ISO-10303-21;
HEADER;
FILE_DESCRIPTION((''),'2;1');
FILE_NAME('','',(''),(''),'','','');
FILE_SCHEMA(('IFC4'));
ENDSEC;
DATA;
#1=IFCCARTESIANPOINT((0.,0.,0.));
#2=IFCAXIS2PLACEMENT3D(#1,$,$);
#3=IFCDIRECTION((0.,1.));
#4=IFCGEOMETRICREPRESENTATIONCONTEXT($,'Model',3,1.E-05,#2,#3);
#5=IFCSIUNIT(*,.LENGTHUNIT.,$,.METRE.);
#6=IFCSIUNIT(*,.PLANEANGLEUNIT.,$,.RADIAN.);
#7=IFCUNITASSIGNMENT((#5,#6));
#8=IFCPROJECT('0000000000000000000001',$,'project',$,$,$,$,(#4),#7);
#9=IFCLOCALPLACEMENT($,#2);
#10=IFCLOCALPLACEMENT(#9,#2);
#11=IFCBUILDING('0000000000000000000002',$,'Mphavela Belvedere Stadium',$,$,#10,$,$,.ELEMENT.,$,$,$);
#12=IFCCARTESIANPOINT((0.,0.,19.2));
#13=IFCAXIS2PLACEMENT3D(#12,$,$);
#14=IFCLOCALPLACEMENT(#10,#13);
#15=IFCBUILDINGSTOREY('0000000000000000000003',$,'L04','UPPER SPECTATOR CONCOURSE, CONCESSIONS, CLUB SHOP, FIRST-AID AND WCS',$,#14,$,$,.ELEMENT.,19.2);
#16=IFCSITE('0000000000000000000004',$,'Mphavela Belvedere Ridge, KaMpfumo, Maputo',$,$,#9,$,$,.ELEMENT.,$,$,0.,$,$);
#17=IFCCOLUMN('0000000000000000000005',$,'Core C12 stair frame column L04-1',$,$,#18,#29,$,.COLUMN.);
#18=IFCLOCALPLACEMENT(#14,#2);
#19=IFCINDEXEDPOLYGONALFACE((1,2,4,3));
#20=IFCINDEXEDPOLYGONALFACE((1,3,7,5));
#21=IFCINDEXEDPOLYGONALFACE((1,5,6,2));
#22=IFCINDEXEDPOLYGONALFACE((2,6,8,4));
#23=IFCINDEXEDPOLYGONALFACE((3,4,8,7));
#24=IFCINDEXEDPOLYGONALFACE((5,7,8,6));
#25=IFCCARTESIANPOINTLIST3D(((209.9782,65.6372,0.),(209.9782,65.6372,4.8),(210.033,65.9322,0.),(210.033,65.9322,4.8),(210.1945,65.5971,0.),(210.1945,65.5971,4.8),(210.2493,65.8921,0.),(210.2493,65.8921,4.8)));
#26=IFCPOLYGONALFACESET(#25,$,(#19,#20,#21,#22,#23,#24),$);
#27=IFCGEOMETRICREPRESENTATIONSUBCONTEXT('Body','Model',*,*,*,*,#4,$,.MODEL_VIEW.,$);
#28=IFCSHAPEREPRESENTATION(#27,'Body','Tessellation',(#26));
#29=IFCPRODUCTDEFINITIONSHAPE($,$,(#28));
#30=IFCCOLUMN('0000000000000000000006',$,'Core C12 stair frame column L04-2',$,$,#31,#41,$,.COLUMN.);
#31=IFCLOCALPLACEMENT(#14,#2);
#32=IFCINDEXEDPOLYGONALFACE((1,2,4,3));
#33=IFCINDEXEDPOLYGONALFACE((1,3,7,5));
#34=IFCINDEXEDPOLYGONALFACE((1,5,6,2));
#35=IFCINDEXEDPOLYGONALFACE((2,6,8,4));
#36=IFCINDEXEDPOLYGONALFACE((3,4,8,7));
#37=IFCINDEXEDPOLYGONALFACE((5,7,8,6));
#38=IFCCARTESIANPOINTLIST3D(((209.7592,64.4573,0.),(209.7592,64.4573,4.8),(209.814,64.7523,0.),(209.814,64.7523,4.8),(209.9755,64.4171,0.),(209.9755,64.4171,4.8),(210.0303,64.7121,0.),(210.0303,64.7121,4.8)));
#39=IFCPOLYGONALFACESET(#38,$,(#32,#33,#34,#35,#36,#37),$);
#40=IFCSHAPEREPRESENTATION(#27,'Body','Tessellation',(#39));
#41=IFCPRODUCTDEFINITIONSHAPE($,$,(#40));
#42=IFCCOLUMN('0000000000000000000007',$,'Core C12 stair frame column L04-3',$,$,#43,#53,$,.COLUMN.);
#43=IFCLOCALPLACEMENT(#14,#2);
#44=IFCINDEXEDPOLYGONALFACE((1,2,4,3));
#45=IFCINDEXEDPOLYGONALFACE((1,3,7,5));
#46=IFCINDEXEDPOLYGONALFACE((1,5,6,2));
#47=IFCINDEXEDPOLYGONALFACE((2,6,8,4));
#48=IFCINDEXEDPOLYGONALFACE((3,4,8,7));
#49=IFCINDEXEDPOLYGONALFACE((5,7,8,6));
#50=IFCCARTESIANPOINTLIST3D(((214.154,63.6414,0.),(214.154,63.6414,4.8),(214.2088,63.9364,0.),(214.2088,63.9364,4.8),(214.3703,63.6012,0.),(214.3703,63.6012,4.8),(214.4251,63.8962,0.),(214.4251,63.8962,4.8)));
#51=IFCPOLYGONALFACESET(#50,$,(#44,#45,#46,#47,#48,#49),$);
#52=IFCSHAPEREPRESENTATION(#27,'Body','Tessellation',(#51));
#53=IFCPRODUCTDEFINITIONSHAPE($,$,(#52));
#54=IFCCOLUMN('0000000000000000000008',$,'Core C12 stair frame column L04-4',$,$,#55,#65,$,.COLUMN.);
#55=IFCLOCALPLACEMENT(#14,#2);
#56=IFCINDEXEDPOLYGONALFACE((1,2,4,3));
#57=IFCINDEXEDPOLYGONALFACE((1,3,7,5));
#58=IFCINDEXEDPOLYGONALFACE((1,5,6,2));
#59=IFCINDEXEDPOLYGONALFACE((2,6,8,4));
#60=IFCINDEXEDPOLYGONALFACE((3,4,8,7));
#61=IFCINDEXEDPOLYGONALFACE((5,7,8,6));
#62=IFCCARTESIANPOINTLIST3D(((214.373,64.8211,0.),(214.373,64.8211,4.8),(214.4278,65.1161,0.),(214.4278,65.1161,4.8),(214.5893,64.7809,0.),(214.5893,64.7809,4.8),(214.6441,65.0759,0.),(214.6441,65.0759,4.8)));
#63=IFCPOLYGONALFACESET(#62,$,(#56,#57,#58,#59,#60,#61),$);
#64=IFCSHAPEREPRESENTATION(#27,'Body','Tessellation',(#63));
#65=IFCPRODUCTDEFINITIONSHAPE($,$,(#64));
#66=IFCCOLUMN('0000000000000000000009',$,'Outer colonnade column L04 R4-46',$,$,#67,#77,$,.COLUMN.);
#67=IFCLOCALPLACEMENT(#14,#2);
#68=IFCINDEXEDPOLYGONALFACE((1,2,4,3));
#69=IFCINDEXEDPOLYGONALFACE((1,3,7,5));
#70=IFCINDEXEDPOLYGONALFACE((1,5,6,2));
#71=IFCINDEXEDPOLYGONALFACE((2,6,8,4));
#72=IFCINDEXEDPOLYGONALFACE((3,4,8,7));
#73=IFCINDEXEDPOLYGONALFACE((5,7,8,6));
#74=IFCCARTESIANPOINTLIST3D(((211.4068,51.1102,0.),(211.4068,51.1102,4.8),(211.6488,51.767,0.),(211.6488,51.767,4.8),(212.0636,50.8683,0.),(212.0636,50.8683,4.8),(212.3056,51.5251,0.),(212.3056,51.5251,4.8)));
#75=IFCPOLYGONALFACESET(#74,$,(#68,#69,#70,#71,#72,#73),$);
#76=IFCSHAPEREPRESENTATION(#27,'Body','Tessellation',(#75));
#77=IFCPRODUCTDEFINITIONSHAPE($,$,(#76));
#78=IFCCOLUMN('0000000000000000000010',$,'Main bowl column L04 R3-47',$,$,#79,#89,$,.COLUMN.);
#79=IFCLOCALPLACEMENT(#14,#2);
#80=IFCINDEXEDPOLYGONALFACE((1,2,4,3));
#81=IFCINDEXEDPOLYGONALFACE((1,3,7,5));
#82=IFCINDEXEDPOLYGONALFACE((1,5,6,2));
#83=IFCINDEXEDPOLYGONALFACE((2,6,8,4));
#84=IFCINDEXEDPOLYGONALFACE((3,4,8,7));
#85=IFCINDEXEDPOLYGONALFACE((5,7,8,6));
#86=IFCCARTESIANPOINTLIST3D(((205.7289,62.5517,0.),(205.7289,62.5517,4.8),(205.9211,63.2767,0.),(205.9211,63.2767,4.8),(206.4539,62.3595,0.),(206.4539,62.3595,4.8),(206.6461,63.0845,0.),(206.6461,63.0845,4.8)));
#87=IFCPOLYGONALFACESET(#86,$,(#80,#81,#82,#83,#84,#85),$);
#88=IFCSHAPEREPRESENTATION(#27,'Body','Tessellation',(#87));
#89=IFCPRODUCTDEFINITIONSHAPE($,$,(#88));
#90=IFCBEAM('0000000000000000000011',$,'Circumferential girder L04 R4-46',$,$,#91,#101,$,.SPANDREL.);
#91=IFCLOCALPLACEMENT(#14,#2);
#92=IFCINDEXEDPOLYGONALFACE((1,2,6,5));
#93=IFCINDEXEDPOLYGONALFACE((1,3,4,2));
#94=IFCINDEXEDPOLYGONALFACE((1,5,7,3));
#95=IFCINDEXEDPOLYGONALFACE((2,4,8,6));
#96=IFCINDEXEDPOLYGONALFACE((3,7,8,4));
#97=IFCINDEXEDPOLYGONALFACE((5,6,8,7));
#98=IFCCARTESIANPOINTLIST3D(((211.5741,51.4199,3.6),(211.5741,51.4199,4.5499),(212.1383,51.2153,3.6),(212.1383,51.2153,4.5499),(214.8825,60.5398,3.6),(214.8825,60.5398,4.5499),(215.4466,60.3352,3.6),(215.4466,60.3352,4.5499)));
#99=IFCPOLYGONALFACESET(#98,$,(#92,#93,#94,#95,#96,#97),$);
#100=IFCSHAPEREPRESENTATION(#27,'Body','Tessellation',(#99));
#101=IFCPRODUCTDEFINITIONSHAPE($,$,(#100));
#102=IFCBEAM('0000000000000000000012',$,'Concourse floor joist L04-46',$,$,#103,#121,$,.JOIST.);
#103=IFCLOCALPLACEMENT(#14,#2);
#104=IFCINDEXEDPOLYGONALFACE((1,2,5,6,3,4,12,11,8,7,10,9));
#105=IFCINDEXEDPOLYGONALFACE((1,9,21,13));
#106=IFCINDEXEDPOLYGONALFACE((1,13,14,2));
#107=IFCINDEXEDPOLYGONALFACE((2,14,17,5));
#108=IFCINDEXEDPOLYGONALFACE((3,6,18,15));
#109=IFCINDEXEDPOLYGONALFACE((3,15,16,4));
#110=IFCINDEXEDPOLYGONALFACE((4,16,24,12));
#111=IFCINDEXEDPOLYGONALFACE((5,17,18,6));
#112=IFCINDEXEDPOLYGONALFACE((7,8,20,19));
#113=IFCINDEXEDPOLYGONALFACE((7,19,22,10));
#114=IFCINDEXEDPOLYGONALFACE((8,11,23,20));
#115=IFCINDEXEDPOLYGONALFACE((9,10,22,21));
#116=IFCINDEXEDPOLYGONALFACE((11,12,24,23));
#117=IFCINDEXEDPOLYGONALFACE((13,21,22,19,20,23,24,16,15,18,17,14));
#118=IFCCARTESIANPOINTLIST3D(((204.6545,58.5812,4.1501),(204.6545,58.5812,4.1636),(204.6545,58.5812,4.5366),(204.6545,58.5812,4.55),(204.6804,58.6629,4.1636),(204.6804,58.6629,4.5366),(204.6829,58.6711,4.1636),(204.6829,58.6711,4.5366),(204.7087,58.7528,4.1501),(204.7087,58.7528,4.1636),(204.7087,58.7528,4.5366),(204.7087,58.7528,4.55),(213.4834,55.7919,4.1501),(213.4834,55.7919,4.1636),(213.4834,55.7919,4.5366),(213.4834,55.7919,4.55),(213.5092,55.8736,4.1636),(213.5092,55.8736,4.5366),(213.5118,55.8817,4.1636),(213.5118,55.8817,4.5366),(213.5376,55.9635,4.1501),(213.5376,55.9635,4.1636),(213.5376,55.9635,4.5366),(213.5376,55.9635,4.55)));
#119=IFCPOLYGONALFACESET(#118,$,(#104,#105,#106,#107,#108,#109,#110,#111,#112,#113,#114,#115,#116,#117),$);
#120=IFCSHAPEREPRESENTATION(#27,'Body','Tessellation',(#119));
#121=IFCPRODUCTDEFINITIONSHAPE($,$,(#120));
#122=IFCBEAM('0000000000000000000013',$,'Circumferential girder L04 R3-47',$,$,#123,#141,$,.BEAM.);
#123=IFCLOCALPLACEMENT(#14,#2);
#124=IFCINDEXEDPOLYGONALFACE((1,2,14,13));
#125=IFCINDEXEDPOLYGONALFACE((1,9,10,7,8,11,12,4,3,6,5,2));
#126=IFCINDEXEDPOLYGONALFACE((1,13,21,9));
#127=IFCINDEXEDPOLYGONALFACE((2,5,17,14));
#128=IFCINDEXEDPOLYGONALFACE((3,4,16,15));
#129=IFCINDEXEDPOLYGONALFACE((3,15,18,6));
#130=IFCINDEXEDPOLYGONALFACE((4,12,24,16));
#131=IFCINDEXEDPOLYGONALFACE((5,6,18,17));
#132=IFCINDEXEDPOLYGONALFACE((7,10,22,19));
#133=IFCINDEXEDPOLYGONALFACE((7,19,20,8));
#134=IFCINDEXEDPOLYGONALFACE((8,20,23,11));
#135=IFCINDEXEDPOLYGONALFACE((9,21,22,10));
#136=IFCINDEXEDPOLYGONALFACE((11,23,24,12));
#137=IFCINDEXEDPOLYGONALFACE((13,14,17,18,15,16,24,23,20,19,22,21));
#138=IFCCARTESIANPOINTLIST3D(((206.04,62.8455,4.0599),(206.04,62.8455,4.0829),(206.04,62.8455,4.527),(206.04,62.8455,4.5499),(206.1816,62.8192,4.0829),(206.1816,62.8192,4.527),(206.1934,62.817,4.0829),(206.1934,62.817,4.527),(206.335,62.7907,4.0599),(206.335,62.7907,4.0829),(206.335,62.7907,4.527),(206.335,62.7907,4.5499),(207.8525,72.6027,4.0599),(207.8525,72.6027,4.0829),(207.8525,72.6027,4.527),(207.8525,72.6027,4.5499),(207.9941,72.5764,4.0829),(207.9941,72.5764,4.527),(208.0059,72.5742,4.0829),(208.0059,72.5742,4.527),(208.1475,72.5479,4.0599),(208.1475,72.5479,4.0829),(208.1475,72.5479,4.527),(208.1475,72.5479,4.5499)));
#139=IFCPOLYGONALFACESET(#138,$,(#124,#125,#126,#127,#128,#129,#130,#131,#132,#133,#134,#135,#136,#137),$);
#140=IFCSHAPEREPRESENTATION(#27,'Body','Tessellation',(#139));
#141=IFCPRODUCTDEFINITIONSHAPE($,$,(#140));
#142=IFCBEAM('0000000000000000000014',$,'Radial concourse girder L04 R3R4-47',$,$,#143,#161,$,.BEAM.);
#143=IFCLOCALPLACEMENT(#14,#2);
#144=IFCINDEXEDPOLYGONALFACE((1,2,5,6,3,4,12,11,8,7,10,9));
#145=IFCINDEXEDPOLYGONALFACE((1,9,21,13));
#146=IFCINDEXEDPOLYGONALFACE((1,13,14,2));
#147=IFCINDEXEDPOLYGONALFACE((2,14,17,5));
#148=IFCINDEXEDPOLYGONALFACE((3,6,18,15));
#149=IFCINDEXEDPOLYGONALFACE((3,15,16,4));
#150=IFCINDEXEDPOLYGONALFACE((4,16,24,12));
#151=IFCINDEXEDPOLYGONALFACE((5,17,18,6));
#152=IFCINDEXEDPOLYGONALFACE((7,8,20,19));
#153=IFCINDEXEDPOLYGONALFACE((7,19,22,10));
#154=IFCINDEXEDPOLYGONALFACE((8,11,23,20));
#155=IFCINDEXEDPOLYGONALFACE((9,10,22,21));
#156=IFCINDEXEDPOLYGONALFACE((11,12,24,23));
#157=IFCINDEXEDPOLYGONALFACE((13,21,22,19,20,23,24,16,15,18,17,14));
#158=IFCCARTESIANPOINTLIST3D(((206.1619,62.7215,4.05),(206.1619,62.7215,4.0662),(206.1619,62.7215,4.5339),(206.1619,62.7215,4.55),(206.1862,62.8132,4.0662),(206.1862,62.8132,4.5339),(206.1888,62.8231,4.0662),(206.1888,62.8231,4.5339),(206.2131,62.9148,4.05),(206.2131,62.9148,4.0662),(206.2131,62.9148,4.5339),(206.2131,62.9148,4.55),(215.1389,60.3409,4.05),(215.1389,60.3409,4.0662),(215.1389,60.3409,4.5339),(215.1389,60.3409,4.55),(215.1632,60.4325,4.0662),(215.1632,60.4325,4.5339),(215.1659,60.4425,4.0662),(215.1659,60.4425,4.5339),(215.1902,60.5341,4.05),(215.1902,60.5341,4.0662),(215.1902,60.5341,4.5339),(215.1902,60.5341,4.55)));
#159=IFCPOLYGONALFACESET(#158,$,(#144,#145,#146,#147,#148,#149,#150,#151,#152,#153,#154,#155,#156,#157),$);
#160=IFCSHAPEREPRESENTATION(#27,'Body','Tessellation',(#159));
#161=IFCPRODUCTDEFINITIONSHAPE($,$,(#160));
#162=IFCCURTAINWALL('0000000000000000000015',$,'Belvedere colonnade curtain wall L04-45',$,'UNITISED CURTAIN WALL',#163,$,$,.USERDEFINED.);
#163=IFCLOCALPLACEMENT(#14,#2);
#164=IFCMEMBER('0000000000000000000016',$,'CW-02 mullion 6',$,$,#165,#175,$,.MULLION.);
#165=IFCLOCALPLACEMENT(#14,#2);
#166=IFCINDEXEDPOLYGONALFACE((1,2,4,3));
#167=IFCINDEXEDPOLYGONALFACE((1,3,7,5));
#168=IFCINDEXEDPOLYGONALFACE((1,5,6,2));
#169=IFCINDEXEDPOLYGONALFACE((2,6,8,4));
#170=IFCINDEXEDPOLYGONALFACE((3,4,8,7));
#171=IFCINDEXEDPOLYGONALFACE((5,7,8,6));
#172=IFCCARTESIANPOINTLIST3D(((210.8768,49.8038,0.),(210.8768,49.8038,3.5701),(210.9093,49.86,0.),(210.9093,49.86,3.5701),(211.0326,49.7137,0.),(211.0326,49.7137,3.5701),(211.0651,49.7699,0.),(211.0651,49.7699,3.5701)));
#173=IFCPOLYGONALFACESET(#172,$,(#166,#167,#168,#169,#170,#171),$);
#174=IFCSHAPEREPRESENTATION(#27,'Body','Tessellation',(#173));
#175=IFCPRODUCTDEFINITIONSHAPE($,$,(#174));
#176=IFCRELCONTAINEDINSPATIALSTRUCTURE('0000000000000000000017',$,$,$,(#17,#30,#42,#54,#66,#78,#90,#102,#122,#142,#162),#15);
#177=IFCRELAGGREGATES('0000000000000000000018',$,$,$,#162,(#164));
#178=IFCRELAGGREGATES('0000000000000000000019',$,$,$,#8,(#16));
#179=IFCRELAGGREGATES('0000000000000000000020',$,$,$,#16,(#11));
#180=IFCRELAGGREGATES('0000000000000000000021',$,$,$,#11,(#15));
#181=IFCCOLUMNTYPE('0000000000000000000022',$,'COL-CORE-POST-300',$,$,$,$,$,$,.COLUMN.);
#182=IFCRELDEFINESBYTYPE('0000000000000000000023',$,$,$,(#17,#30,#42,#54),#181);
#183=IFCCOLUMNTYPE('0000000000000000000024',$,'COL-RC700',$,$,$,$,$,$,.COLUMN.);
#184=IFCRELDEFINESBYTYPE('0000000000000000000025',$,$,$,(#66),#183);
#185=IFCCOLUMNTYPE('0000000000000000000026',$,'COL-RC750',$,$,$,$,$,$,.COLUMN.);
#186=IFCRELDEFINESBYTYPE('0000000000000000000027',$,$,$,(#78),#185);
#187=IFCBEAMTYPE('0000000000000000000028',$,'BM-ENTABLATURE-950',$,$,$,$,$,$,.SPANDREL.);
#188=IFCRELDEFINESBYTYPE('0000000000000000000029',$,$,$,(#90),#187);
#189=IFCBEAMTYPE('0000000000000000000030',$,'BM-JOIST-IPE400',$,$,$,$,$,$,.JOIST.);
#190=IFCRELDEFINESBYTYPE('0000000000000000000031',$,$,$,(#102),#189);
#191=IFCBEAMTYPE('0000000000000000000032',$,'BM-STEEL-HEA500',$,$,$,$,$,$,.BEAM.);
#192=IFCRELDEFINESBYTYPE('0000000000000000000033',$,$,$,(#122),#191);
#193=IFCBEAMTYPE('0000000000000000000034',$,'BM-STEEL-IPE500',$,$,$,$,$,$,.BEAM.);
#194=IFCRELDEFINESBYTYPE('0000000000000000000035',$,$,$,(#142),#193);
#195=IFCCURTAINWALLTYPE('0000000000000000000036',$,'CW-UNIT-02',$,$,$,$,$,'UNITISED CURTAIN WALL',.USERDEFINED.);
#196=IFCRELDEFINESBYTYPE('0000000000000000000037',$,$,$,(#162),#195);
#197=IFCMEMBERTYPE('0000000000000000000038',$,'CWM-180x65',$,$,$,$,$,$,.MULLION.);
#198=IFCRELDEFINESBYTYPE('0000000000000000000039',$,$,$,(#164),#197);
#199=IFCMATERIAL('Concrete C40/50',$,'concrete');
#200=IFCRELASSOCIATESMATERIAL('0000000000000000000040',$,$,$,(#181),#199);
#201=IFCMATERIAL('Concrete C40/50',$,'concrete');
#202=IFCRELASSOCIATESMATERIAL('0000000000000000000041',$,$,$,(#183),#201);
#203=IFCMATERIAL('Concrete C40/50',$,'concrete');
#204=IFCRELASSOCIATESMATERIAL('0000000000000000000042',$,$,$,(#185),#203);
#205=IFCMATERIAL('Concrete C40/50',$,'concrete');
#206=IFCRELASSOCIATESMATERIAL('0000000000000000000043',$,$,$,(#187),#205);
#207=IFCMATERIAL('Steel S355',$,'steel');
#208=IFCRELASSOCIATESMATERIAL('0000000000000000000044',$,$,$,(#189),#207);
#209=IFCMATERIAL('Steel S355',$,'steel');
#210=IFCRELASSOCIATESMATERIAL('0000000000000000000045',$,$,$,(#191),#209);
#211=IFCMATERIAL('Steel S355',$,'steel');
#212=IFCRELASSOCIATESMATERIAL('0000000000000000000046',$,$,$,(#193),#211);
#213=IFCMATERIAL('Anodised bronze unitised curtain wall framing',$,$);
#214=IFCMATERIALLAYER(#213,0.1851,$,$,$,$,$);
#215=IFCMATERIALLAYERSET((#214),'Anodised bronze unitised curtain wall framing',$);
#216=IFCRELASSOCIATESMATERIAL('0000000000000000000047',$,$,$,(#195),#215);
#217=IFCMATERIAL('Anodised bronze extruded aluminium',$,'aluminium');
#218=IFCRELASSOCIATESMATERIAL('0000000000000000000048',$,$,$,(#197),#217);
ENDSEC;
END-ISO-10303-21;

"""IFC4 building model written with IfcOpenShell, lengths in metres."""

from ifc_helpers import new_model, si_unit, direction, frame, origin, origin_2d, place, context, subcontext, project, spatial, rectangle, i_section, extrude, material, layer, layer_set, material_profile, profile_set, type_object, element, aggregate, save


model = new_model("IFC4")

# Units and contexts
model_context = context("Model", 3, precision=1e-05, world=origin(), true_north=direction((0.0, 1.0)))
body_context = subcontext(model_context, "Body", "Model", "MODEL_VIEW")
ifc_project = project(units=[si_unit("LENGTHUNIT", "METRE"), si_unit("PLANEANGLEUNIT", "RADIAN")], contexts=[model_context])

# Site, building, storey
site_placement = place(None, origin())
site = spatial("IfcSite", under=ifc_project, at=site_placement, Name="Mphavela Belvedere Ridge, KaMpfumo, Maputo", CompositionType="ELEMENT", RefElevation=0.0)
building_placement = place(site_placement, origin())
building = spatial("IfcBuilding", under=site, at=building_placement, Name="Mphavela Belvedere Stadium", CompositionType="ELEMENT")
storey_placement = place(building_placement, frame((0.0, 0.0, 19.2)))
storey = spatial("IfcBuildingStorey", under=building, at=storey_placement, Name="L04", Description="UPPER SPECTATOR CONCOURSE, CONCESSIONS, CLUB SHOP, FIRST-AID AND WCS", CompositionType="ELEMENT", Elevation=19.2)

# Columns
ifc_material_1 = material(Name="Concrete C40/50", Category="concrete")
ifc_material_profile_1 = material_profile(ifc_material_1, rectangle(XDim=0.3, YDim=0.22, at=origin_2d()), Name="RC 300x220")
ifc_profile_set_1 = profile_set([ifc_material_profile_1], Name="Concrete C40/50")
column_type_1 = type_object("IfcColumnType", Name="COL-CORE-POST-300", PredefinedType="COLUMN", material=ifc_profile_set_1)
for number, where, z_axis, x_axis, name in (
    (1, (210.1138, 65.7646, 0.0), (0.0, 0.0, 1.0), (-0.182579, -0.983191, 0.0), "Core C12 stair frame column L04-1"),
    (2, (209.8948, 64.5847, 0.0), (0.0, 0.0, 1.0), (-0.182579, -0.983191, 0.0), "Core C12 stair frame column L04-2"),
    (3, (214.2896, 63.7688, 0.0), (0.0, 0.0, 1.0), (-0.182579, -0.983191, 0.0), "Core C12 stair frame column L04-3"),
    (4, (214.5085, 64.9485, 0.0), (0.0, 0.0, 1.0), (-0.182579, -0.983191, 0.0), "Core C12 stair frame column L04-4"),
):
    element("IfcColumn", number, at=place(storey_placement, frame(where, z_axis=z_axis, x_axis=x_axis)), inside=storey, type_object=column_type_1, Name=name, PredefinedType="COLUMN", context=body_context, shape_type="SweptSolid", body=[
        extrude(rectangle(XDim=0.3, YDim=0.22, at=origin_2d()), origin(), (0.0, 0.0, 1.0), 4.8),
    ])
ifc_material_2 = material(Name="Concrete C40/50", Category="concrete")
ifc_material_profile_2 = material_profile(ifc_material_2, rectangle(XDim=0.7, YDim=0.7, at=origin_2d()), Name="RC 700x700")
ifc_profile_set_2 = profile_set([ifc_material_profile_2], Name="Concrete C40/50")
column_type_2 = type_object("IfcColumnType", Name="COL-RC700", PredefinedType="COLUMN", material=ifc_profile_set_2)
column_1_placement = place(storey_placement, frame((211.8562, 51.3176, 0.0), z_axis=(0.0, 0.0, 1.0), x_axis=(0.938372, -0.345626, 0.0)))
element("IfcColumn", 5, at=column_1_placement, inside=storey, type_object=column_type_2, Name="Outer colonnade column L04 R4-46", PredefinedType="COLUMN", context=body_context, shape_type="SweptSolid", body=[
    extrude(rectangle(XDim=0.7, YDim=0.7, at=origin_2d()), origin(), (0.0, 0.0, 1.0), 4.8),
])
ifc_material_3 = material(Name="Concrete C40/50", Category="concrete")
ifc_material_profile_3 = material_profile(ifc_material_3, rectangle(XDim=0.75, YDim=0.75, at=origin_2d()), Name="RC 750x750")
ifc_profile_set_3 = profile_set([ifc_material_profile_3], Name="Concrete C40/50")
column_type_3 = type_object("IfcColumnType", Name="COL-RC750", PredefinedType="COLUMN", material=ifc_profile_set_3)
column_2_placement = place(storey_placement, frame((206.1875, 62.8181, 0.0), z_axis=(0.0, 0.0, 1.0), x_axis=(0.9666, -0.256289, 0.0)))
element("IfcColumn", 6, at=column_2_placement, inside=storey, type_object=column_type_3, Name="Main bowl column L04 R3-47", PredefinedType="COLUMN", context=body_context, shape_type="SweptSolid", body=[
    extrude(rectangle(XDim=0.75, YDim=0.75, at=origin_2d()), origin(), (0.0, 0.0, 1.0), 4.8),
])

# Beams
ifc_material_4 = material(Name="Concrete C40/50", Category="concrete")
ifc_material_profile_4 = material_profile(ifc_material_4, rectangle(XDim=0.6001, YDim=0.95, at=origin_2d()), Name="RC 600x950")
ifc_profile_set_4 = profile_set([ifc_material_profile_4], Name="Concrete C40/50")
beam_type_1 = type_object("IfcBeamType", Name="BM-ENTABLATURE-950", PredefinedType="SPANDREL", material=ifc_profile_set_4)
beam_1_placement = place(storey_placement, frame((211.8562, 51.3176, 4.075), z_axis=(0.341018, 0.940057, 0.0), x_axis=(-0.940057, 0.341018, 0.0)))
element("IfcBeam", 7, at=beam_1_placement, inside=storey, type_object=beam_type_1, Name="Circumferential girder L04 R4-46", PredefinedType="SPANDREL", context=body_context, shape_type="SweptSolid", body=[
    extrude(rectangle(XDim=0.6001, YDim=0.95, at=origin_2d()), origin(), (0.0, 0.0, 1.0), 9.7014),
])
ifc_material_5 = material(Name="Steel S355", Category="steel")
ifc_material_profile_5 = material_profile(ifc_material_5, i_section(OverallWidth=0.1799, OverallDepth=0.3999, WebThickness=0.0085, FlangeThickness=0.0134, at=origin_2d()), Name="IPE 400")
ifc_profile_set_5 = profile_set([ifc_material_profile_5], Name="Steel S355")
beam_type_2 = type_object("IfcBeamType", Name="BM-JOIST-IPE400", PredefinedType="JOIST", material=ifc_profile_set_5)
beam_2_placement = place(storey_placement, frame((204.6816, 58.667, 4.3501), z_axis=(0.953544, -0.301254, 0.0), x_axis=(0.301254, 0.953544, 0.0)))
element("IfcBeam", 8, at=beam_2_placement, inside=storey, type_object=beam_type_2, Name="Concourse floor joist L04-46", PredefinedType="JOIST", context=body_context, shape_type="SweptSolid", body=[
    extrude(i_section(OverallWidth=0.1799, OverallDepth=0.3999, WebThickness=0.0085, FlangeThickness=0.0134, at=origin_2d()), origin(), (0.0, 0.0, 1.0), 9.259),
])
ifc_material_6 = material(Name="Steel S355", Category="steel")
ifc_material_profile_6 = material_profile(ifc_material_6, i_section(OverallWidth=0.3, OverallDepth=0.49, WebThickness=0.012, FlangeThickness=0.0229, at=origin_2d()), Name="HEA 500")
ifc_profile_set_6 = profile_set([ifc_material_profile_6], Name="Steel S355")
beam_type_3 = type_object("IfcBeamType", Name="BM-STEEL-HEA500", PredefinedType="BEAM", material=ifc_profile_set_6)
beam_3_placement = place(storey_placement, frame((206.1875, 62.8181, 4.3049), z_axis=(0.182638, 0.98318, 0.0), x_axis=(-0.98318, 0.182638, 0.0)))
element("IfcBeam", 9, at=beam_3_placement, inside=storey, type_object=beam_type_3, Name="Circumferential girder L04 R3-47", PredefinedType="BEAM", context=body_context, shape_type="SweptSolid", body=[
    extrude(i_section(OverallWidth=0.3, OverallDepth=0.49, WebThickness=0.012, FlangeThickness=0.0229, at=origin_2d()), origin(), (0.0, 0.0, 1.0), 9.9241),
])
ifc_material_7 = material(Name="Steel S355", Category="steel")
ifc_material_profile_7 = material_profile(ifc_material_7, i_section(OverallWidth=0.2, OverallDepth=0.5, WebThickness=0.0103, FlangeThickness=0.0161, at=origin_2d()), Name="IPE 500")
ifc_profile_set_7 = profile_set([ifc_material_profile_7], Name="Steel S355")
beam_type_4 = type_object("IfcBeamType", Name="BM-STEEL-IPE500", PredefinedType="BEAM", material=ifc_profile_set_7)
beam_4_placement = place(storey_placement, frame((206.1875, 62.8181, 4.3), z_axis=(0.96659, -0.256329, 0.0), x_axis=(0.256329, 0.96659, 0.0)))
element("IfcBeam", 10, at=beam_4_placement, inside=storey, type_object=beam_type_4, Name="Radial concourse girder L04 R3R4-47", PredefinedType="BEAM", context=body_context, shape_type="SweptSolid", body=[
    extrude(i_section(OverallWidth=0.2, OverallDepth=0.5, WebThickness=0.0103, FlangeThickness=0.0161, at=origin_2d()), origin(), (0.0, 0.0, 1.0), 9.2874),
])

# Curtain wall, member
ifc_material_8 = material(Name="Anodised bronze unitised curtain wall framing")
ifc_layer_1 = layer(ifc_material_8, 0.1851)
ifc_layer_set_1 = layer_set([ifc_layer_1], Name="Anodised bronze unitised curtain wall framing")
curtain_wall_type = type_object("IfcCurtainWallType", Name="CW-UNIT-02", ElementType="UNITISED CURTAIN WALL", PredefinedType="USERDEFINED", material=ifc_layer_set_1)
curtain_wall_placement = place(storey_placement, origin())
curtain_wall = element("IfcCurtainWall", 11, at=curtain_wall_placement, inside=storey, type_object=curtain_wall_type, Name="Belvedere colonnade curtain wall L04-45", ObjectType="UNITISED CURTAIN WALL", PredefinedType="USERDEFINED")
ifc_material_9 = material(Name="Anodised bronze extruded aluminium", Category="aluminium")
ifc_material_profile_8 = material_profile(ifc_material_9, rectangle(XDim=0.1799, YDim=0.0649, at=origin_2d()), Name="CW-MUL 180x65")
ifc_profile_set_8 = profile_set([ifc_material_profile_8], Name="Anodised bronze extruded aluminium")
member_type_1 = type_object("IfcMemberType", Name="CWM-180x65", PredefinedType="MULLION", material=ifc_profile_set_8)
member_1_placement = place(storey_placement, frame((210.9709, 49.7869, 0.0), z_axis=(0.0, 0.0, 1.0), x_axis=(-0.865704, 0.500556, 0.0)))
member_1 = element("IfcMember", 12, at=member_1_placement, type_object=member_type_1, Name="CW-02 mullion 6", PredefinedType="MULLION", context=body_context, shape_type="SweptSolid", body=[
    extrude(rectangle(XDim=0.1799, YDim=0.0649, at=origin_2d()), origin(), (0.0, 0.0, 1.0), 3.5701),
])
aggregate(curtain_wall, [member_1])

save(model, "model.ifc")
